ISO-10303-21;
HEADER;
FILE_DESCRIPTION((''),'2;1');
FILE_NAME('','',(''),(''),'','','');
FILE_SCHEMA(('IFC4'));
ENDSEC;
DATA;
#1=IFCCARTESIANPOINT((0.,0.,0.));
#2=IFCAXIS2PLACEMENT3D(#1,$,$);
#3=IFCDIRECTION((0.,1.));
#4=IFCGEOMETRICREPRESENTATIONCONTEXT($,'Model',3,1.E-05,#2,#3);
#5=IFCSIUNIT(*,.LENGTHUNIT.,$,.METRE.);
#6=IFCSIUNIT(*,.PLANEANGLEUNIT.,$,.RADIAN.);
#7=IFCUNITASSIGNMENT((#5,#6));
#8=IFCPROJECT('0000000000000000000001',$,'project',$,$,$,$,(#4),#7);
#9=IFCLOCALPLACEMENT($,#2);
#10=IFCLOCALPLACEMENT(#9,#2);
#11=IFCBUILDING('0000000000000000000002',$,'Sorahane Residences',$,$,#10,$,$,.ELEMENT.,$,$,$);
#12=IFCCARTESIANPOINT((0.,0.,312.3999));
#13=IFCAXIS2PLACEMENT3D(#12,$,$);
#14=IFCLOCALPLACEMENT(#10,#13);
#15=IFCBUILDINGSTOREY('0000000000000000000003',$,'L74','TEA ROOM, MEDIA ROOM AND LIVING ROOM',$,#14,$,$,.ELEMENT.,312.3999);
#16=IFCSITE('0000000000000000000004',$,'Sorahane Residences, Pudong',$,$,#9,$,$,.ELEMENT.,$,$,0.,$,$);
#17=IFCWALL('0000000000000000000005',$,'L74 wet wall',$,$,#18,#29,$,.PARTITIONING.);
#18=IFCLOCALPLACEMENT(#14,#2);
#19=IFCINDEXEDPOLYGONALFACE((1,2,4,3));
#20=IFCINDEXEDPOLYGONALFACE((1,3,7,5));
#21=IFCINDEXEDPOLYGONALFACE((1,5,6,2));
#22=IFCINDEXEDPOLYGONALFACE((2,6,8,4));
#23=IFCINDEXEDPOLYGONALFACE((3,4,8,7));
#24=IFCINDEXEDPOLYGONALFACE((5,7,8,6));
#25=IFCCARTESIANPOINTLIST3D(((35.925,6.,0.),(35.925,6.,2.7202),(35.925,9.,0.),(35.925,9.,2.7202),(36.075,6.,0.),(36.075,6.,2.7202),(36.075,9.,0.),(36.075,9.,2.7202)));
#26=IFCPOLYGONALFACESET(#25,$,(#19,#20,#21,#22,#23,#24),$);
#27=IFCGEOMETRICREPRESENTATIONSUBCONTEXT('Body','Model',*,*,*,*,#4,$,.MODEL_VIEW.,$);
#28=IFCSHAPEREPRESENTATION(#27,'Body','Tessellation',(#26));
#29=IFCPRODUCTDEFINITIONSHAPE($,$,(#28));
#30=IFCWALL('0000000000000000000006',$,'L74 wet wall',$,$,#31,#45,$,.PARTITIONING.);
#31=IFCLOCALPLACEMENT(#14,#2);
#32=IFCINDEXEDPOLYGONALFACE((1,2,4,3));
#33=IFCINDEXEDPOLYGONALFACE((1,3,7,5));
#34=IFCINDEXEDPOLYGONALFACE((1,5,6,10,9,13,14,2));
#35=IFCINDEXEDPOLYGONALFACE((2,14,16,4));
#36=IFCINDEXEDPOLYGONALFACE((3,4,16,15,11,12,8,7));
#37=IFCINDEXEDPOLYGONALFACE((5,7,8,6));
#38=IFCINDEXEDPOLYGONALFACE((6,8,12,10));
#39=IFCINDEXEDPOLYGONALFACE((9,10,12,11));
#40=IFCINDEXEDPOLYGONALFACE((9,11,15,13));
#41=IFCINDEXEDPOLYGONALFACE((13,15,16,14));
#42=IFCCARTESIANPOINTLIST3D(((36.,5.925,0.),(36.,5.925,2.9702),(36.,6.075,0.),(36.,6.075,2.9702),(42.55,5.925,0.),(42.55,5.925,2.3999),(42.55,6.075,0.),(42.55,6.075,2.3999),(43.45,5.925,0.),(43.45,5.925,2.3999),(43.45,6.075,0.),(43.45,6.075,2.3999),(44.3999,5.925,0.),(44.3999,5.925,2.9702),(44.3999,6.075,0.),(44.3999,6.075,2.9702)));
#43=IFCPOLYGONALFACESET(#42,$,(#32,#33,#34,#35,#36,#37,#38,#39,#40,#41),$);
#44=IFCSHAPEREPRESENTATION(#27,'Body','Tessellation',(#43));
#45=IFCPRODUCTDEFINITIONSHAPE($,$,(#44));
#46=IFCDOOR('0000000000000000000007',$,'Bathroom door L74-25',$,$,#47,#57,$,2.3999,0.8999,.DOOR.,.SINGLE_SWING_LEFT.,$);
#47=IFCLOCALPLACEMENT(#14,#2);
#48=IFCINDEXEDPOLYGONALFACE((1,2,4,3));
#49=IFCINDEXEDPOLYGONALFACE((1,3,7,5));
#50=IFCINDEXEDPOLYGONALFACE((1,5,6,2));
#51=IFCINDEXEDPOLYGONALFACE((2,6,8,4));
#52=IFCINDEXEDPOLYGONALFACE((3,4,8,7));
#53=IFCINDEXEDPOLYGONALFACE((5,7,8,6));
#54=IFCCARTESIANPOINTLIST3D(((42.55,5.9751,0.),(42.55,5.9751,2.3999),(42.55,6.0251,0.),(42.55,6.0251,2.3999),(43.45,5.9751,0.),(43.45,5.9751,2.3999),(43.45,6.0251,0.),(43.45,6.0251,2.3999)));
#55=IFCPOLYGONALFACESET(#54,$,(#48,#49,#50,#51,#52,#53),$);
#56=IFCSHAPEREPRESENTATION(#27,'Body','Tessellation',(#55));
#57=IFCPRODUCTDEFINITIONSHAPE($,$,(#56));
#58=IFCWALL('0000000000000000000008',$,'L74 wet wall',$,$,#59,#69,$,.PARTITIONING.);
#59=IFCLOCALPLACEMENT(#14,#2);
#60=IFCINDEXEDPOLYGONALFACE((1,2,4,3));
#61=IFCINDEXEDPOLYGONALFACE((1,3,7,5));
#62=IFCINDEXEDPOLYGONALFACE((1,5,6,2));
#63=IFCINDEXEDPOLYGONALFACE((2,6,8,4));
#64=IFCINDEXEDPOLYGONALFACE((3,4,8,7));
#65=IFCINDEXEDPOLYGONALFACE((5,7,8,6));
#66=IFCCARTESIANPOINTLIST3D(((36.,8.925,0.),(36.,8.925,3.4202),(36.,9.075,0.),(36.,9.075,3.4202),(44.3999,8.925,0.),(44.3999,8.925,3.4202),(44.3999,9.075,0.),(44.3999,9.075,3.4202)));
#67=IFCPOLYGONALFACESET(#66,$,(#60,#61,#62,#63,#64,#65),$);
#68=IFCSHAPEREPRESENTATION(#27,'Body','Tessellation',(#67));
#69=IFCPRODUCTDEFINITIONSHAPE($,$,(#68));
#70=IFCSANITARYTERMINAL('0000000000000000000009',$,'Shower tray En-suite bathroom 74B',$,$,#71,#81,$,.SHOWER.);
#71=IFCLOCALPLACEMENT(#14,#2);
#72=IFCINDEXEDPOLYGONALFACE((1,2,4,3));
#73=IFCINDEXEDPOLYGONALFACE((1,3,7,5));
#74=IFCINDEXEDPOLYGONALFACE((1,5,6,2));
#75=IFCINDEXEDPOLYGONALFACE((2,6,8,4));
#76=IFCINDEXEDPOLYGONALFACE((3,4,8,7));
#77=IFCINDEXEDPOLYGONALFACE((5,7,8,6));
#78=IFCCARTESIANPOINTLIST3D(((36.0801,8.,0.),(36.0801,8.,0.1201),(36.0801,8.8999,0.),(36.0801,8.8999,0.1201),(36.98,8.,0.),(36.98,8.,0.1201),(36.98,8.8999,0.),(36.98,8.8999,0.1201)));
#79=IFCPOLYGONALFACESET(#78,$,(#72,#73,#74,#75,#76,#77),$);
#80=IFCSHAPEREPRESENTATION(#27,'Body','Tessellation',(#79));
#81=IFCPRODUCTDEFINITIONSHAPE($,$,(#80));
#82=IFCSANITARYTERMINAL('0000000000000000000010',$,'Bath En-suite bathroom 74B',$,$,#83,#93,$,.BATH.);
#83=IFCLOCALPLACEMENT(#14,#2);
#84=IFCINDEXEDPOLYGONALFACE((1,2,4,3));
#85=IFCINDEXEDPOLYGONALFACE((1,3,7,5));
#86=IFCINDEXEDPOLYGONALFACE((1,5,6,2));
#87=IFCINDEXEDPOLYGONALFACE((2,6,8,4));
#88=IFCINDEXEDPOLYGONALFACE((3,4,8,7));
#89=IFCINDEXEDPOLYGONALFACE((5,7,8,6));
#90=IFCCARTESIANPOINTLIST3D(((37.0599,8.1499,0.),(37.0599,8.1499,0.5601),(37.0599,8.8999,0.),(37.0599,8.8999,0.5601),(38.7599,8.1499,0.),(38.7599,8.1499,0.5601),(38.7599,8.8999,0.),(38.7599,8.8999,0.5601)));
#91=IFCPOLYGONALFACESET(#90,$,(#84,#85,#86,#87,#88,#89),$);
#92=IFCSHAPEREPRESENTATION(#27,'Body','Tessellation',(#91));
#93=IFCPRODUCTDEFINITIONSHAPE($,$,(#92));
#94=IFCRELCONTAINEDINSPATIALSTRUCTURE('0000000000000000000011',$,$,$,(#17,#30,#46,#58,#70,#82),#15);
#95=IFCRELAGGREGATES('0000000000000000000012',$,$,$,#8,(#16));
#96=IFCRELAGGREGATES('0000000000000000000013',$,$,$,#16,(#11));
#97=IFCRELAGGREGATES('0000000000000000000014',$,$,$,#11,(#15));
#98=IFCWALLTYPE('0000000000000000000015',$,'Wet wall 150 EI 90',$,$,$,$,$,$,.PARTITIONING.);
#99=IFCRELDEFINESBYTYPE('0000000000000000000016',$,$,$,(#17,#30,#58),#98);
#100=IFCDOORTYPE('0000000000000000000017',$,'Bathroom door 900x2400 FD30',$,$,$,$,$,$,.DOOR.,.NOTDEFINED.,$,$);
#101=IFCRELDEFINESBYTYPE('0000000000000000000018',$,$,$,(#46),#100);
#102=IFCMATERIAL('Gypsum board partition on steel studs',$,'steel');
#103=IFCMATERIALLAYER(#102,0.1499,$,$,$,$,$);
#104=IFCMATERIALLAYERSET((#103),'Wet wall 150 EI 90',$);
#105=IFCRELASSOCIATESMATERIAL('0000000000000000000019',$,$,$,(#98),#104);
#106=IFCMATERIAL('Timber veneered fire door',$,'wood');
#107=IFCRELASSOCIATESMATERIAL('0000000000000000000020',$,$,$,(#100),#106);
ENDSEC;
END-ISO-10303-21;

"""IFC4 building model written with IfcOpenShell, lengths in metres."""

from ifc_helpers import new_model, si_unit, direction, frame, frame_2d, origin, origin_2d, place, context, subcontext, project, spatial, rectangle, extrude, material, layer, layer_set, type_object, element, fill, save


model = new_model("IFC4")

# Units and contexts
model_context = context("Model", 3, precision=1e-05, world=origin(), true_north=direction((0.0, 1.0)))
body_context = subcontext(model_context, "Body", "Model", "MODEL_VIEW")
ifc_project = project(units=[si_unit("LENGTHUNIT", "METRE"), si_unit("PLANEANGLEUNIT", "RADIAN")], contexts=[model_context])

# Site, building, storey
site_placement = place(None, origin())
site = spatial("IfcSite", under=ifc_project, at=site_placement, Name="Sorahane Residences, Pudong", CompositionType="ELEMENT", RefElevation=0.0)
building_placement = place(site_placement, origin())
building = spatial("IfcBuilding", under=site, at=building_placement, Name="Sorahane Residences", CompositionType="ELEMENT")
storey_placement = place(building_placement, frame((0.0, 0.0, 312.3999)))
storey = spatial("IfcBuildingStorey", under=building, at=storey_placement, Name="L74", Description="TEA ROOM, MEDIA ROOM AND LIVING ROOM", CompositionType="ELEMENT", Elevation=312.3999)

# Wall
ifc_material_1 = material(Name="Gypsum board partition on steel studs", Category="steel")
ifc_layer_1 = layer(ifc_material_1, 0.1499)
ifc_layer_set_1 = layer_set([ifc_layer_1], Name="Wet wall 150 EI 90")
wall_type_1 = type_object("IfcWallType", Name="Wet wall 150 EI 90", PredefinedType="PARTITIONING", material=ifc_layer_set_1)
wall_1_placement = place(storey_placement, frame((36.0, 6.0, 0.0), z_axis=(0.0, 0.0, 1.0), x_axis=(0.0, 1.0, 0.0)))
element("IfcWall", 1, at=wall_1_placement, inside=storey, type_object=wall_type_1, Name="L74 wet wall", PredefinedType="PARTITIONING", context=body_context, shape_type="SweptSolid", body=[
    extrude(rectangle(XDim=3.0, YDim=0.1499, at=frame_2d((1.5, 0.0))), origin(), (0.0, 0.0, 1.0), 2.7202),
])

# Wall, opening, door
wall_2_placement = place(storey_placement, frame((36.0, 6.0, 0.0), z_axis=(0.0, 0.0, 1.0), x_axis=(1.0, 0.0, 0.0)))
wall_2 = element("IfcWall", 2, at=wall_2_placement, inside=storey, type_object=wall_type_1, Name="L74 wet wall", PredefinedType="PARTITIONING", context=body_context, shape_type="SweptSolid", body=[
    extrude(rectangle(XDim=8.3999, YDim=0.1499, at=frame_2d((4.2, 0.0))), origin(), (0.0, 0.0, 1.0), 2.9702),
])
opening_1_placement = place(wall_2_placement, frame((6.55, 0.0, 0.0)))
opening_1 = element("IfcOpeningElement", 3, at=opening_1_placement, cuts=wall_2, PredefinedType="OPENING", context=body_context, shape_type="SweptSolid", body=[
    extrude(rectangle(XDim=0.8999, YDim=2.3999, at=frame_2d((0.45, 1.2))), frame((0.0, 0.085, 0.0), z_axis=(0.0, -1.0, 0.0), x_axis=(1.0, 0.0, 0.0)), (0.0, 0.0, 1.0), 0.1699),
])
ifc_material_2 = material(Name="Timber veneered fire door", Category="wood")
door_type_1 = type_object("IfcDoorType", Name="Bathroom door 900x2400 FD30", OperationType="NOTDEFINED", PredefinedType="DOOR", material=ifc_material_2)
door_1_placement = place(opening_1_placement, frame((0.8999, 0.0, 0.0), z_axis=(0.0, 0.0, 1.0), x_axis=(-1.0, 0.0, 0.0)))
door_1 = element("IfcDoor", 4, at=door_1_placement, inside=storey, type_object=door_type_1, Name="Bathroom door L74-25", OperationType="SINGLE_SWING_LEFT", OverallHeight=2.3999, OverallWidth=0.8999, PredefinedType="DOOR", context=body_context, shape_type="SweptSolid", body=[
    extrude(rectangle(XDim=0.8999, YDim=2.3999, at=frame_2d((0.45, 1.2))), frame((0.0, 0.0249, 0.0), z_axis=(0.0, -1.0, 0.0), x_axis=(1.0, 0.0, 0.0)), (0.0, 0.0, 1.0), 0.05),
])
fill(opening_1, door_1)

# Wall
wall_3_placement = place(storey_placement, frame((36.0, 9.0, 0.0), z_axis=(0.0, 0.0, 1.0), x_axis=(1.0, 0.0, 0.0)))
element("IfcWall", 5, at=wall_3_placement, inside=storey, type_object=wall_type_1, Name="L74 wet wall", PredefinedType="PARTITIONING", context=body_context, shape_type="SweptSolid", body=[
    extrude(rectangle(XDim=8.3999, YDim=0.1499, at=frame_2d((4.2, 0.0))), origin(), (0.0, 0.0, 1.0), 3.4202),
])

# Sanitary terminals
sanitary_terminal_1_placement = place(storey_placement, frame((36.53, 8.45, 0.0), z_axis=(0.0, 0.0, 1.0), x_axis=(1.0, 0.0, 0.0)))
element("IfcSanitaryTerminal", 6, at=sanitary_terminal_1_placement, inside=storey, Name="Shower tray En-suite bathroom 74B", PredefinedType="SHOWER", context=body_context, shape_type="SweptSolid", body=[
    extrude(rectangle(XDim=0.8999, YDim=0.8999, at=origin_2d()), origin(), (0.0, 0.0, 1.0), 0.1201),
])
sanitary_terminal_2_placement = place(storey_placement, frame((37.9099, 8.5249, 0.0), z_axis=(0.0, 0.0, 1.0), x_axis=(1.0, 0.0, 0.0)))
element("IfcSanitaryTerminal", 7, at=sanitary_terminal_2_placement, inside=storey, Name="Bath En-suite bathroom 74B", PredefinedType="BATH", context=body_context, shape_type="SweptSolid", body=[
    extrude(rectangle(XDim=1.7, YDim=0.75, at=origin_2d()), origin(), (0.0, 0.0, 1.0), 0.5601),
])

save(model, "model.ifc")
